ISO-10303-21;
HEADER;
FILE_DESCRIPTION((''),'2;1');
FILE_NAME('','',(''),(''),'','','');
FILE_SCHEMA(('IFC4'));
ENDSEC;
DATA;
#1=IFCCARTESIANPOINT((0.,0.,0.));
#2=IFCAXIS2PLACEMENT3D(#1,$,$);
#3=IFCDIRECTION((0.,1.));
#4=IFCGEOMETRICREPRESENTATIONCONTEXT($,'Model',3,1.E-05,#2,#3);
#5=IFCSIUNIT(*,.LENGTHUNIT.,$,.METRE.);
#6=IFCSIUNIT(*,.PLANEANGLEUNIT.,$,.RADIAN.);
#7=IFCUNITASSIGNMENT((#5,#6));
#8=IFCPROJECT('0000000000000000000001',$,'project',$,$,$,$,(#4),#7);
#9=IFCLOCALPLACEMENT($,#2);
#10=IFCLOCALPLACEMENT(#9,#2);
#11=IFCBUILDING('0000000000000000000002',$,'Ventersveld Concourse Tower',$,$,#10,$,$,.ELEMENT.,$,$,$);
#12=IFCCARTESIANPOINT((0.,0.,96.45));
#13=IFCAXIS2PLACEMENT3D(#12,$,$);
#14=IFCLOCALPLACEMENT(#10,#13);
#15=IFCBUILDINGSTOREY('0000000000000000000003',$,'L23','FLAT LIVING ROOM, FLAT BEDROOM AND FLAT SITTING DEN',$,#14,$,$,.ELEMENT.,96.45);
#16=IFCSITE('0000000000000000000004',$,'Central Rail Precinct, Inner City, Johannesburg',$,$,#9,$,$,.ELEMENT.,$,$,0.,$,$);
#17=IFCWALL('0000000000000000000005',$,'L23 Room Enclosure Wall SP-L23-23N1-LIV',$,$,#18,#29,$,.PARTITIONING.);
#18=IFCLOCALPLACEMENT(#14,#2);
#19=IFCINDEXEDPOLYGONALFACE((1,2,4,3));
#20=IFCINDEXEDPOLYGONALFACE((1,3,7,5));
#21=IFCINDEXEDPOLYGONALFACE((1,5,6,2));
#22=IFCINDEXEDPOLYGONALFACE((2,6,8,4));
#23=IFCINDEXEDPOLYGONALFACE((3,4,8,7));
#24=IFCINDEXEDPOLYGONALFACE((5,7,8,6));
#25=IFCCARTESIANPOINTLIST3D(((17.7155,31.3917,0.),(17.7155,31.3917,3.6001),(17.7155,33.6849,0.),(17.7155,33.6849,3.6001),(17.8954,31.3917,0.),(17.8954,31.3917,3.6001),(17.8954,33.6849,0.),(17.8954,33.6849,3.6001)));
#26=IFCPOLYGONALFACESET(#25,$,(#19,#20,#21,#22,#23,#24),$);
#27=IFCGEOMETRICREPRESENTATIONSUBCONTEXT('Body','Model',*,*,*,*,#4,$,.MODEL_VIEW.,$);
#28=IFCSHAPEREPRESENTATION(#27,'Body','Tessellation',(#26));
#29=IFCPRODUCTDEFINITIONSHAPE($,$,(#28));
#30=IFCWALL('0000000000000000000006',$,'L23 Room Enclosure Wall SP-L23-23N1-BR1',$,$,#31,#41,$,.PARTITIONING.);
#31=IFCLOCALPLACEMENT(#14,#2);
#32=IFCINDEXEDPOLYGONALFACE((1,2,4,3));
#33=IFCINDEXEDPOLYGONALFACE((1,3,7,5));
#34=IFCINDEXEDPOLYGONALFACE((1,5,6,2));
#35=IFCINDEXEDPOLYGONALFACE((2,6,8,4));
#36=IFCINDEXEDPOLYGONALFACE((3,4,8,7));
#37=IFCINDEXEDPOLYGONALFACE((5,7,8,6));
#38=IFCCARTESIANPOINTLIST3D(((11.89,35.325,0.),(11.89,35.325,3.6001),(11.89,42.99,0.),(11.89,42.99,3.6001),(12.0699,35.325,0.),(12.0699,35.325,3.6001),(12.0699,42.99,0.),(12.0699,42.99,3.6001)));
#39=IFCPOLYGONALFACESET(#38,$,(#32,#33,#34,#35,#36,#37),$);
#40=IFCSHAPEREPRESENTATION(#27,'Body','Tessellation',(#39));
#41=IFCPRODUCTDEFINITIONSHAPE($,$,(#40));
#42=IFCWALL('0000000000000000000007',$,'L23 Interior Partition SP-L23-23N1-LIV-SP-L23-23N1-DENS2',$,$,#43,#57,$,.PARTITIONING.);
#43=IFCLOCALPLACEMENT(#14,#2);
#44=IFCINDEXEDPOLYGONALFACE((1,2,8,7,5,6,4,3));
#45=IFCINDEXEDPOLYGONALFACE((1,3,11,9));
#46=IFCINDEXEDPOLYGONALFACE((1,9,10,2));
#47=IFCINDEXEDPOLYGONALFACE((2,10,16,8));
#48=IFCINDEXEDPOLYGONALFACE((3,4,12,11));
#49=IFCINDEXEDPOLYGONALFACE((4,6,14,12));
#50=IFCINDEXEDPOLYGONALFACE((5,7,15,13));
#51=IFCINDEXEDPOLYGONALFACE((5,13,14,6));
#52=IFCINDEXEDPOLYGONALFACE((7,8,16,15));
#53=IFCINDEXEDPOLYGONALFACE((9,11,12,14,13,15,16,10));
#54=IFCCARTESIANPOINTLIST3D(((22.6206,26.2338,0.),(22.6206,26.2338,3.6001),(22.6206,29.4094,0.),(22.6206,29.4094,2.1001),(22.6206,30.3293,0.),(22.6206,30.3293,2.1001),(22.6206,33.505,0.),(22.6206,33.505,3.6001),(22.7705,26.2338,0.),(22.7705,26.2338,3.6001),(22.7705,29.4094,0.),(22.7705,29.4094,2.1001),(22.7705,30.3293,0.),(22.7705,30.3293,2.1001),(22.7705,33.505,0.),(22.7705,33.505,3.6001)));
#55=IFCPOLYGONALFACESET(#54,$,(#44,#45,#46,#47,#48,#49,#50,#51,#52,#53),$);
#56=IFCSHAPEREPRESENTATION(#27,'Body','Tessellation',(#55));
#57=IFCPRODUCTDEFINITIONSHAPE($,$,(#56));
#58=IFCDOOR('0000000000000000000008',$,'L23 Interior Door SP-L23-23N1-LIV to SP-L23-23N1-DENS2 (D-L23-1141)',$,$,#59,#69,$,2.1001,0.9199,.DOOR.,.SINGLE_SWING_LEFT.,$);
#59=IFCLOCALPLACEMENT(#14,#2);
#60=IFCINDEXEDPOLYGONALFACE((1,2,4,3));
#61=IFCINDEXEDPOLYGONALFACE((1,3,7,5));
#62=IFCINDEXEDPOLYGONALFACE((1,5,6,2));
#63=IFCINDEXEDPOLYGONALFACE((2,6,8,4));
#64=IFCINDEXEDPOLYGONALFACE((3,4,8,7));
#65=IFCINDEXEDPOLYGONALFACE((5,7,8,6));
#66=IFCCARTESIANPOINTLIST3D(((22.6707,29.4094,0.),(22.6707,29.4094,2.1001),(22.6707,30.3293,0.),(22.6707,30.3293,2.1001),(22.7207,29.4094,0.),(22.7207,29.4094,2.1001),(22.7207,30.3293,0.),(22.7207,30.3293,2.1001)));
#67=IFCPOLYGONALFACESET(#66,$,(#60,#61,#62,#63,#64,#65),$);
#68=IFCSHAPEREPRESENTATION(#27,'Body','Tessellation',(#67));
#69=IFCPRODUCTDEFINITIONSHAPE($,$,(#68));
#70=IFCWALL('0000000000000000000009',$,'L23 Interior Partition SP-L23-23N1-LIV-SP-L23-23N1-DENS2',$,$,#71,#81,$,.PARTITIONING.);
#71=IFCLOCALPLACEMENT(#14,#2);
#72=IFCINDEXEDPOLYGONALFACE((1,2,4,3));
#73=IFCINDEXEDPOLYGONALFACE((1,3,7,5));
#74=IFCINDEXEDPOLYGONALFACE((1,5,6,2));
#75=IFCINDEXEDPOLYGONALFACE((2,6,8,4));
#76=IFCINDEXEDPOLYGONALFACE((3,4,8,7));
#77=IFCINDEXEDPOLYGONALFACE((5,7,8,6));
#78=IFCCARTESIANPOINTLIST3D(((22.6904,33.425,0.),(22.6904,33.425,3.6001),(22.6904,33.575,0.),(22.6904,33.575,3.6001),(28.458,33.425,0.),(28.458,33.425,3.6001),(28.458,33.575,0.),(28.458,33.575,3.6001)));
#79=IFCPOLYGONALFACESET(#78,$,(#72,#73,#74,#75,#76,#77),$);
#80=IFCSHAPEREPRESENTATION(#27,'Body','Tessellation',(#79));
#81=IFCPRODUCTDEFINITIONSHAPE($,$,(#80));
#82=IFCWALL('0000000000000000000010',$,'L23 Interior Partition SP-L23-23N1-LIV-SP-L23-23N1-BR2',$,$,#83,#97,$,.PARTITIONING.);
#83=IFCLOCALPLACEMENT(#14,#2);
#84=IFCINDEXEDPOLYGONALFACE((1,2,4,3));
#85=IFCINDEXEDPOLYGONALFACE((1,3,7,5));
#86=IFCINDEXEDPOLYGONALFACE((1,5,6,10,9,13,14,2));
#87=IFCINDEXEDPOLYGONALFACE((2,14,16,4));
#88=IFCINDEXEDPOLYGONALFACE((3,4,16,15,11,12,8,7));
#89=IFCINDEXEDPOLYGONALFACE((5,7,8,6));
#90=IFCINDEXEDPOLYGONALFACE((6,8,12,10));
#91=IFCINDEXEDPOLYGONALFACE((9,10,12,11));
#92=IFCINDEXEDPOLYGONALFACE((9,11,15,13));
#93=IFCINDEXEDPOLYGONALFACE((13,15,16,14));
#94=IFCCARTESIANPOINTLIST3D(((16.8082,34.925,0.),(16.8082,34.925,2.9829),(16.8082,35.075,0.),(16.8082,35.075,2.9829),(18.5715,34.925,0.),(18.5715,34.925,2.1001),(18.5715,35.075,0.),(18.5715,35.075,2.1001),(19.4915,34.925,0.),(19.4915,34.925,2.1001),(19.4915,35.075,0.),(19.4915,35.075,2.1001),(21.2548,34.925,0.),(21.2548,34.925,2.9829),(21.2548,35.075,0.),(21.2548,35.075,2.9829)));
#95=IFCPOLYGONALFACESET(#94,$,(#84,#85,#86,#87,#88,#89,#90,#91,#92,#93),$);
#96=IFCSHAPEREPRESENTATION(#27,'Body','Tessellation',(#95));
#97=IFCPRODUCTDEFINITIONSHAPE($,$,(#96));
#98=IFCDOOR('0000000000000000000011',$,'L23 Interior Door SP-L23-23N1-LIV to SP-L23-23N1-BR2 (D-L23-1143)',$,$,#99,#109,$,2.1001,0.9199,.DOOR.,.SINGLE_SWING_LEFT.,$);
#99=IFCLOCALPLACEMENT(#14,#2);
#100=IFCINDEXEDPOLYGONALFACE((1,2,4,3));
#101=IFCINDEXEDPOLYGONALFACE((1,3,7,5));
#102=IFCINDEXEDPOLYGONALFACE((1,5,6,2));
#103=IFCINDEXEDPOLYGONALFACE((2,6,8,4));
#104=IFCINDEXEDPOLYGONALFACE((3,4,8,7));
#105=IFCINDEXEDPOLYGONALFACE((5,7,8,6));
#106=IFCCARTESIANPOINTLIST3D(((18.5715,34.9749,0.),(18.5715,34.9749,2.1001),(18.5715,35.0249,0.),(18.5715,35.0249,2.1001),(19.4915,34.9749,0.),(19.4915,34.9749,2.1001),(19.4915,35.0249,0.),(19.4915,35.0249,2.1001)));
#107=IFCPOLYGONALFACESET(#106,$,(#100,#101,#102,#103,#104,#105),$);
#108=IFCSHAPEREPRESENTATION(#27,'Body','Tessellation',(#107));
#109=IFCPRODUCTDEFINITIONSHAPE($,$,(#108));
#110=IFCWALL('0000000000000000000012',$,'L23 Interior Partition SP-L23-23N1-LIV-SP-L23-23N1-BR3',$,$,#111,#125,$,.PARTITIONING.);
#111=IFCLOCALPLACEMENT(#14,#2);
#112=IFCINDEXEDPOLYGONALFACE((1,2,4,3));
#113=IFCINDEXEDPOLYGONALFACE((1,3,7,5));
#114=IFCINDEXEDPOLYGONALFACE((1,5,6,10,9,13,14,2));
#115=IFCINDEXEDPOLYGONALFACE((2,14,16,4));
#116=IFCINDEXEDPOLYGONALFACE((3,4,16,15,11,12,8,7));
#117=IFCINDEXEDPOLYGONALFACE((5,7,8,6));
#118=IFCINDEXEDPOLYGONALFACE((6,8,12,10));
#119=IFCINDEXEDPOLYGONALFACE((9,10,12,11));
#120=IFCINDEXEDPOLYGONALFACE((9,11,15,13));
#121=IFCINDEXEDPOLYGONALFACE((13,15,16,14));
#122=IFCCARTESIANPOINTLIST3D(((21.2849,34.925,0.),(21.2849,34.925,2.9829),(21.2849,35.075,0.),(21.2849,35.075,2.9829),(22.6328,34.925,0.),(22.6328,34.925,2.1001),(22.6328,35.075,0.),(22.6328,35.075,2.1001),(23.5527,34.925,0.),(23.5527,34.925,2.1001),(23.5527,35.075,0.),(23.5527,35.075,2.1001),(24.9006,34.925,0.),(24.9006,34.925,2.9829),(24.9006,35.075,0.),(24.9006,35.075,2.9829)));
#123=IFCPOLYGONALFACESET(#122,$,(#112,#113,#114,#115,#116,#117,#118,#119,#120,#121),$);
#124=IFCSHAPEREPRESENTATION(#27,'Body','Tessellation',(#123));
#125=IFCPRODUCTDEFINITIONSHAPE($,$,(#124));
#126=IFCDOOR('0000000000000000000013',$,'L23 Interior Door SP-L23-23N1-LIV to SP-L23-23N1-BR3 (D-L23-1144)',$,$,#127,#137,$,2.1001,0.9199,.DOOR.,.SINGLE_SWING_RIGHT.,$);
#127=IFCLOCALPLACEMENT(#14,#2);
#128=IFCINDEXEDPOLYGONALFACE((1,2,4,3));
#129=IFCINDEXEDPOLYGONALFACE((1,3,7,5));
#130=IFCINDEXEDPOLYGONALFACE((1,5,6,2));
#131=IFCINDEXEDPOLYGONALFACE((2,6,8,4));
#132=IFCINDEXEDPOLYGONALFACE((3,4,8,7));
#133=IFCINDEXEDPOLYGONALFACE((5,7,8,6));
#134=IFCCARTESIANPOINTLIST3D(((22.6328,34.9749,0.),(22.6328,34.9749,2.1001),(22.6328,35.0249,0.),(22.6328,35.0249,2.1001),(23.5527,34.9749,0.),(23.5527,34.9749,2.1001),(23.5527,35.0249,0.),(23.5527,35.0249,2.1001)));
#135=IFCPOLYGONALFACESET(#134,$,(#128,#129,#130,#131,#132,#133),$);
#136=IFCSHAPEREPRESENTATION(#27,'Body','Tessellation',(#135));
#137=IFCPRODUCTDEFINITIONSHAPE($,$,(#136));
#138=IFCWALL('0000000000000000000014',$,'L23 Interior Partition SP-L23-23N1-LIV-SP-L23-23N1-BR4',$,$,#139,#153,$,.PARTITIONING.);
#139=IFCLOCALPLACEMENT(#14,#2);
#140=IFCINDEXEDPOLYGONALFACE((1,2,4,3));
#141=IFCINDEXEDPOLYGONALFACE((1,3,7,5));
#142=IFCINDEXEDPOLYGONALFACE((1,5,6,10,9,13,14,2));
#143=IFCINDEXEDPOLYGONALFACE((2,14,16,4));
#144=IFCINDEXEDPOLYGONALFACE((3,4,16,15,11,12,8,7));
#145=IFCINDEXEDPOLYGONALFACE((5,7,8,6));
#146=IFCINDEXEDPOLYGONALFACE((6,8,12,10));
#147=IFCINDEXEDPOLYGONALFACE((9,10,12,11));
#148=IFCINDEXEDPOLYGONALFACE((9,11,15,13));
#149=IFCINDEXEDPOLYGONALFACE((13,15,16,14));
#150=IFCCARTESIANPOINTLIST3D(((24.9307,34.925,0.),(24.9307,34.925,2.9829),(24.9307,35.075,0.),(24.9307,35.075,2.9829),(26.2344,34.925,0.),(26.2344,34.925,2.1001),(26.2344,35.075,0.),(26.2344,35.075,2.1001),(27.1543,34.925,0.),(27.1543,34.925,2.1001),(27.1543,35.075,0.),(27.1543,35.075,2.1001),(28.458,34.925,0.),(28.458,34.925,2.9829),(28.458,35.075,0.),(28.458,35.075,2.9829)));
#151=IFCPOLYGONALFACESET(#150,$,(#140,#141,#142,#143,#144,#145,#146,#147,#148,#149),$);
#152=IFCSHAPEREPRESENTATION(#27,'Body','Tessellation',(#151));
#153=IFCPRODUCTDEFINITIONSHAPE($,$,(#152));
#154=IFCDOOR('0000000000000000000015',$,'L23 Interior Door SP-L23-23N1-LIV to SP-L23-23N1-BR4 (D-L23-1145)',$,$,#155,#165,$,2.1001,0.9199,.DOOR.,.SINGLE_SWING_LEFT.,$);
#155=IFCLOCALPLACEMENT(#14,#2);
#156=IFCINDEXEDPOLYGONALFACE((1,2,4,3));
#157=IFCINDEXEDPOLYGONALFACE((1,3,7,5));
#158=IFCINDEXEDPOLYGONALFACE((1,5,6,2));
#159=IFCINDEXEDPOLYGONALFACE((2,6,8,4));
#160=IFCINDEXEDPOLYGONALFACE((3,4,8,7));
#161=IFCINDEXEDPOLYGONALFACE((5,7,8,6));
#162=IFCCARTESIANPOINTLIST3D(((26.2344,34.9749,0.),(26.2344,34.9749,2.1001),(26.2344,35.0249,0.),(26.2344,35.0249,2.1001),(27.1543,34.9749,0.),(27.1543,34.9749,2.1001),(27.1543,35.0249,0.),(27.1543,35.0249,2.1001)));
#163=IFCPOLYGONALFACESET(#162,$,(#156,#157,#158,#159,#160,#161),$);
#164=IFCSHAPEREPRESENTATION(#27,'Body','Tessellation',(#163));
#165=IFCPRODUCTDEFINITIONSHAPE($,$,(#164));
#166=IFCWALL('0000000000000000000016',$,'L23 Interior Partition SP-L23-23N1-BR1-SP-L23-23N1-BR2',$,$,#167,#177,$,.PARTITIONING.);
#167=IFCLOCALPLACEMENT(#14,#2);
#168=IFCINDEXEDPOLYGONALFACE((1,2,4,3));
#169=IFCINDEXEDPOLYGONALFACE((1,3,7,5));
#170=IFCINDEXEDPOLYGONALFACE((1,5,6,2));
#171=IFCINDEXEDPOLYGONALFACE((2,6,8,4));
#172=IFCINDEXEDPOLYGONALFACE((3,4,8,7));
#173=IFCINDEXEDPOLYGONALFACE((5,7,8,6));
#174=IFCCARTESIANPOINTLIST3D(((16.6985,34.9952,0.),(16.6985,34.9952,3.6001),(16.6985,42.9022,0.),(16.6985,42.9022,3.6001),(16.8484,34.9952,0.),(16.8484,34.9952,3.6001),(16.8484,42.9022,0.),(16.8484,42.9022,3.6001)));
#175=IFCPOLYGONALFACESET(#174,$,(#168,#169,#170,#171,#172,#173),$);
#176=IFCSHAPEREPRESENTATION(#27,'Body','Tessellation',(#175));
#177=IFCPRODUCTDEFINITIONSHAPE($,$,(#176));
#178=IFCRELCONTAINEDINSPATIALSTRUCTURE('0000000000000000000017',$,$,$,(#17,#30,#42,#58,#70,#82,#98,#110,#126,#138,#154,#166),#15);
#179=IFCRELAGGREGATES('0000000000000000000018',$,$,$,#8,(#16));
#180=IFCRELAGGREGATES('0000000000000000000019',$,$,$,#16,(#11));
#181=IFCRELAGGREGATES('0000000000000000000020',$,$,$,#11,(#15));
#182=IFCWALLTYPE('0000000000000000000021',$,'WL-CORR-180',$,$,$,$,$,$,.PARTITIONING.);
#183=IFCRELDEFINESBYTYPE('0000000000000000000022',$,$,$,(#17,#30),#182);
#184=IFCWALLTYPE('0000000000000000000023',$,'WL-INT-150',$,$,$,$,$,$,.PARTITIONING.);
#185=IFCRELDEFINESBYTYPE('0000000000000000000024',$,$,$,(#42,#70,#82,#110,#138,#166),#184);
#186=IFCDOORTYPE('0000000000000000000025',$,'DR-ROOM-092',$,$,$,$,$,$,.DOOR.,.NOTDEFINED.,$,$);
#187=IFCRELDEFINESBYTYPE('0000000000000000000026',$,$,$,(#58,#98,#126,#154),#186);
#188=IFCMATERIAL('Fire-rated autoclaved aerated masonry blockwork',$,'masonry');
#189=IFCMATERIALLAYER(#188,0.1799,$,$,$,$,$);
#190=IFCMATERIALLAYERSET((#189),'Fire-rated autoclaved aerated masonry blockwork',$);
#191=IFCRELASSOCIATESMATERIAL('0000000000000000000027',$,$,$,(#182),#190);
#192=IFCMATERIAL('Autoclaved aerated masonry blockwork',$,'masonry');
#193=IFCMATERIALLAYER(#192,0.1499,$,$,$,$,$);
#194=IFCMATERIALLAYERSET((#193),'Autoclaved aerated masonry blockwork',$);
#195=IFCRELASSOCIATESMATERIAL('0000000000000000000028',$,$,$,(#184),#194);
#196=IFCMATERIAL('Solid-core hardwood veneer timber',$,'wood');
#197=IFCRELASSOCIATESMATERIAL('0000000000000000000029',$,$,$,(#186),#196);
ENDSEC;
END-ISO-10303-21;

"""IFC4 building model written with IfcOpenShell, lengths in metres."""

from ifc_helpers import new_model, si_unit, direction, frame, frame_2d, origin, place, context, subcontext, project, spatial, rectangle, extrude, material, layer, layer_set, type_object, element, fill, save


model = new_model("IFC4")

# Units and contexts
model_context = context("Model", 3, precision=1e-05, world=origin(), true_north=direction((0.0, 1.0)))
body_context = subcontext(model_context, "Body", "Model", "MODEL_VIEW")
ifc_project = project(units=[si_unit("LENGTHUNIT", "METRE"), si_unit("PLANEANGLEUNIT", "RADIAN")], contexts=[model_context])

# Site, building, storey
site_placement = place(None, origin())
site = spatial("IfcSite", under=ifc_project, at=site_placement, Name="Central Rail Precinct, Inner City, Johannesburg", CompositionType="ELEMENT", RefElevation=0.0)
building_placement = place(site_placement, origin())
building = spatial("IfcBuilding", under=site, at=building_placement, Name="Ventersveld Concourse Tower", CompositionType="ELEMENT")
storey_placement = place(building_placement, frame((0.0, 0.0, 96.45)))
storey = spatial("IfcBuildingStorey", under=building, at=storey_placement, Name="L23", Description="FLAT LIVING ROOM, FLAT BEDROOM AND FLAT SITTING DEN", CompositionType="ELEMENT", Elevation=96.45)

# Walls
ifc_material_1 = material(Name="Fire-rated autoclaved aerated masonry blockwork", Category="masonry")
ifc_layer_1 = layer(ifc_material_1, 0.1799)
ifc_layer_set_1 = layer_set([ifc_layer_1], Name="Fire-rated autoclaved aerated masonry blockwork")
wall_type_1 = type_object("IfcWallType", Name="WL-CORR-180", PredefinedType="PARTITIONING", material=ifc_layer_set_1)
wall_1_placement = place(storey_placement, frame((17.8054, 31.3918, 0.0), z_axis=(0.0, 0.0, 1.0), x_axis=(0.0, 1.0, 0.0)))
element("IfcWall", 1, at=wall_1_placement, inside=storey, type_object=wall_type_1, Name="L23 Room Enclosure Wall SP-L23-23N1-LIV", PredefinedType="PARTITIONING", context=body_context, shape_type="SweptSolid", body=[
    extrude(rectangle(XDim=2.2932, YDim=0.1799, at=frame_2d((1.1465, 0.0))), origin(), (0.0, 0.0, 1.0), 3.6001),
])
wall_2_placement = place(storey_placement, frame((11.98, 35.325, 0.0), z_axis=(0.0, 0.0, 1.0), x_axis=(0.0, 1.0, 0.0)))
element("IfcWall", 2, at=wall_2_placement, inside=storey, type_object=wall_type_1, Name="L23 Room Enclosure Wall SP-L23-23N1-BR1", PredefinedType="PARTITIONING", context=body_context, shape_type="SweptSolid", body=[
    extrude(rectangle(XDim=7.665, YDim=0.1799, at=frame_2d((3.8325, 0.0))), origin(), (0.0, 0.0, 1.0), 3.6001),
])

# Wall, opening, door
ifc_material_2 = material(Name="Autoclaved aerated masonry blockwork", Category="masonry")
ifc_layer_2 = layer(ifc_material_2, 0.1499)
ifc_layer_set_2 = layer_set([ifc_layer_2], Name="Autoclaved aerated masonry blockwork")
wall_type_2 = type_object("IfcWallType", Name="WL-INT-150", PredefinedType="PARTITIONING", material=ifc_layer_set_2)
wall_3_placement = place(storey_placement, frame((22.6956, 26.2336, 0.0), z_axis=(0.0, 0.0, 1.0), x_axis=(0.0, 1.0, 0.0)))
wall_3 = element("IfcWall", 3, at=wall_3_placement, inside=storey, type_object=wall_type_2, Name="L23 Interior Partition SP-L23-23N1-LIV-SP-L23-23N1-DENS2", PredefinedType="PARTITIONING", context=body_context, shape_type="SweptSolid", body=[
    extrude(rectangle(XDim=7.2712, YDim=0.1499, at=frame_2d((3.6357, 0.0))), origin(), (0.0, 0.0, 1.0), 3.6001),
])
opening_1_placement = place(wall_3_placement, frame((3.1758, 0.0, 0.0)))
opening_1 = element("IfcOpeningElement", 4, at=opening_1_placement, cuts=wall_3, PredefinedType="OPENING", context=body_context, shape_type="SweptSolid", body=[
    extrude(rectangle(XDim=0.9199, YDim=2.1001, at=frame_2d((0.46, 1.05))), frame((0.0, 0.085, 0.0), z_axis=(0.0, -1.0, 0.0), x_axis=(1.0, 0.0, 0.0)), (0.0, 0.0, 1.0), 0.1699),
])
ifc_material_3 = material(Name="Solid-core hardwood veneer timber", Category="wood")
door_type = type_object("IfcDoorType", Name="DR-ROOM-092", OperationType="NOTDEFINED", PredefinedType="DOOR", material=ifc_material_3)
door_1_placement = place(opening_1_placement, origin())
door_1 = element("IfcDoor", 5, at=door_1_placement, inside=storey, type_object=door_type, Name="L23 Interior Door SP-L23-23N1-LIV to SP-L23-23N1-DENS2 (D-L23-1141)", OperationType="SINGLE_SWING_LEFT", OverallHeight=2.1001, OverallWidth=0.9199, PredefinedType="DOOR", context=body_context, shape_type="SweptSolid", body=[
    extrude(rectangle(XDim=0.9199, YDim=2.1001, at=frame_2d((0.46, 1.05))), frame((0.0, 0.0249, 0.0), z_axis=(0.0, -1.0, 0.0), x_axis=(1.0, 0.0, 0.0)), (0.0, 0.0, 1.0), 0.05),
])
fill(opening_1, door_1)

# Wall
wall_4_placement = place(storey_placement, frame((22.6904, 33.5, 0.0), z_axis=(0.0, 0.0, 1.0), x_axis=(1.0, 0.0, 0.0)))
element("IfcWall", 6, at=wall_4_placement, inside=storey, type_object=wall_type_2, Name="L23 Interior Partition SP-L23-23N1-LIV-SP-L23-23N1-DENS2", PredefinedType="PARTITIONING", context=body_context, shape_type="SweptSolid", body=[
    extrude(rectangle(XDim=5.7676, YDim=0.1499, at=frame_2d((2.8838, 0.0))), origin(), (0.0, 0.0, 1.0), 3.6001),
])

# Walls, openings, doors
wall_5_placement = place(storey_placement, frame((16.8083, 35.0, 0.0), z_axis=(0.0, 0.0, 1.0), x_axis=(1.0, 0.0, 0.0)))
wall_5 = element("IfcWall", 7, at=wall_5_placement, inside=storey, type_object=wall_type_2, Name="L23 Interior Partition SP-L23-23N1-LIV-SP-L23-23N1-BR2", PredefinedType="PARTITIONING", context=body_context, shape_type="SweptSolid", body=[
    extrude(rectangle(XDim=4.4465, YDim=0.1499, at=frame_2d((2.2231, 0.0))), origin(), (0.0, 0.0, 1.0), 2.9829),
])
opening_2_placement = place(wall_5_placement, frame((1.7632, 0.0, 0.0)))
opening_2 = element("IfcOpeningElement", 8, at=opening_2_placement, cuts=wall_5, PredefinedType="OPENING", context=body_context, shape_type="SweptSolid", body=[
    extrude(rectangle(XDim=0.9199, YDim=2.1001, at=frame_2d((0.46, 1.05))), frame((0.0, 0.085, 0.0), z_axis=(0.0, -1.0, 0.0), x_axis=(1.0, 0.0, 0.0)), (0.0, 0.0, 1.0), 0.1699),
])
door_2_placement = place(opening_2_placement, origin())
door_2 = element("IfcDoor", 9, at=door_2_placement, inside=storey, type_object=door_type, Name="L23 Interior Door SP-L23-23N1-LIV to SP-L23-23N1-BR2 (D-L23-1143)", OperationType="SINGLE_SWING_LEFT", OverallHeight=2.1001, OverallWidth=0.9199, PredefinedType="DOOR", context=body_context, shape_type="SweptSolid", body=[
    extrude(rectangle(XDim=0.9199, YDim=2.1001, at=frame_2d((0.46, 1.05))), frame((0.0, 0.0249, 0.0), z_axis=(0.0, -1.0, 0.0), x_axis=(1.0, 0.0, 0.0)), (0.0, 0.0, 1.0), 0.05),
])
fill(opening_2, door_2)
wall_6_placement = place(storey_placement, frame((21.2849, 35.0, 0.0), z_axis=(0.0, 0.0, 1.0), x_axis=(1.0, 0.0, 0.0)))
wall_6 = element("IfcWall", 10, at=wall_6_placement, inside=storey, type_object=wall_type_2, Name="L23 Interior Partition SP-L23-23N1-LIV-SP-L23-23N1-BR3", PredefinedType="PARTITIONING", context=body_context, shape_type="SweptSolid", body=[
    extrude(rectangle(XDim=3.6157, YDim=0.1499, at=frame_2d((1.8079, 0.0))), origin(), (0.0, 0.0, 1.0), 2.9829),
])
opening_3_placement = place(wall_6_placement, frame((1.3479, 0.0, 0.0)))
opening_3 = element("IfcOpeningElement", 11, at=opening_3_placement, cuts=wall_6, PredefinedType="OPENING", context=body_context, shape_type="SweptSolid", body=[
    extrude(rectangle(XDim=0.9199, YDim=2.1001, at=frame_2d((0.46, 1.05))), frame((0.0, 0.085, 0.0), z_axis=(0.0, -1.0, 0.0), x_axis=(1.0, 0.0, 0.0)), (0.0, 0.0, 1.0), 0.1699),
])
door_3_placement = place(opening_3_placement, origin())
door_3 = element("IfcDoor", 12, at=door_3_placement, inside=storey, type_object=door_type, Name="L23 Interior Door SP-L23-23N1-LIV to SP-L23-23N1-BR3 (D-L23-1144)", OperationType="SINGLE_SWING_RIGHT", OverallHeight=2.1001, OverallWidth=0.9199, PredefinedType="DOOR", context=body_context, shape_type="SweptSolid", body=[
    extrude(rectangle(XDim=0.9199, YDim=2.1001, at=frame_2d((0.46, 1.05))), frame((0.0, 0.0249, 0.0), z_axis=(0.0, -1.0, 0.0), x_axis=(1.0, 0.0, 0.0)), (0.0, 0.0, 1.0), 0.05),
])
fill(opening_3, door_3)
wall_7_placement = place(storey_placement, frame((24.9307, 35.0, 0.0), z_axis=(0.0, 0.0, 1.0), x_axis=(1.0, 0.0, 0.0)))
wall_7 = element("IfcWall", 13, at=wall_7_placement, inside=storey, type_object=wall_type_2, Name="L23 Interior Partition SP-L23-23N1-LIV-SP-L23-23N1-BR4", PredefinedType="PARTITIONING", context=body_context, shape_type="SweptSolid", body=[
    extrude(rectangle(XDim=3.5273, YDim=0.1499, at=frame_2d((1.7637, 0.0))), origin(), (0.0, 0.0, 1.0), 2.9829),
])
opening_4_placement = place(wall_7_placement, frame((1.3037, 0.0, 0.0)))
opening_4 = element("IfcOpeningElement", 14, at=opening_4_placement, cuts=wall_7, PredefinedType="OPENING", context=body_context, shape_type="SweptSolid", body=[
    extrude(rectangle(XDim=0.9199, YDim=2.1001, at=frame_2d((0.46, 1.05))), frame((0.0, 0.085, 0.0), z_axis=(0.0, -1.0, 0.0), x_axis=(1.0, 0.0, 0.0)), (0.0, 0.0, 1.0), 0.1699),
])
door_4_placement = place(opening_4_placement, origin())
door_4 = element("IfcDoor", 15, at=door_4_placement, inside=storey, type_object=door_type, Name="L23 Interior Door SP-L23-23N1-LIV to SP-L23-23N1-BR4 (D-L23-1145)", OperationType="SINGLE_SWING_LEFT", OverallHeight=2.1001, OverallWidth=0.9199, PredefinedType="DOOR", context=body_context, shape_type="SweptSolid", body=[
    extrude(rectangle(XDim=0.9199, YDim=2.1001, at=frame_2d((0.46, 1.05))), frame((0.0, 0.0249, 0.0), z_axis=(0.0, -1.0, 0.0), x_axis=(1.0, 0.0, 0.0)), (0.0, 0.0, 1.0), 0.05),
])
fill(opening_4, door_4)

# Wall
wall_8_placement = place(storey_placement, frame((16.7734, 34.9951, 0.0), z_axis=(0.0, 0.0, 1.0), x_axis=(0.0, 1.0, 0.0)))
element("IfcWall", 16, at=wall_8_placement, inside=storey, type_object=wall_type_2, Name="L23 Interior Partition SP-L23-23N1-BR1-SP-L23-23N1-BR2", PredefinedType="PARTITIONING", context=body_context, shape_type="SweptSolid", body=[
    extrude(rectangle(XDim=7.907, YDim=0.1499, at=frame_2d((3.9536, 0.0))), origin(), (0.0, 0.0, 1.0), 3.6001),
])

save(model, "model.ifc")
